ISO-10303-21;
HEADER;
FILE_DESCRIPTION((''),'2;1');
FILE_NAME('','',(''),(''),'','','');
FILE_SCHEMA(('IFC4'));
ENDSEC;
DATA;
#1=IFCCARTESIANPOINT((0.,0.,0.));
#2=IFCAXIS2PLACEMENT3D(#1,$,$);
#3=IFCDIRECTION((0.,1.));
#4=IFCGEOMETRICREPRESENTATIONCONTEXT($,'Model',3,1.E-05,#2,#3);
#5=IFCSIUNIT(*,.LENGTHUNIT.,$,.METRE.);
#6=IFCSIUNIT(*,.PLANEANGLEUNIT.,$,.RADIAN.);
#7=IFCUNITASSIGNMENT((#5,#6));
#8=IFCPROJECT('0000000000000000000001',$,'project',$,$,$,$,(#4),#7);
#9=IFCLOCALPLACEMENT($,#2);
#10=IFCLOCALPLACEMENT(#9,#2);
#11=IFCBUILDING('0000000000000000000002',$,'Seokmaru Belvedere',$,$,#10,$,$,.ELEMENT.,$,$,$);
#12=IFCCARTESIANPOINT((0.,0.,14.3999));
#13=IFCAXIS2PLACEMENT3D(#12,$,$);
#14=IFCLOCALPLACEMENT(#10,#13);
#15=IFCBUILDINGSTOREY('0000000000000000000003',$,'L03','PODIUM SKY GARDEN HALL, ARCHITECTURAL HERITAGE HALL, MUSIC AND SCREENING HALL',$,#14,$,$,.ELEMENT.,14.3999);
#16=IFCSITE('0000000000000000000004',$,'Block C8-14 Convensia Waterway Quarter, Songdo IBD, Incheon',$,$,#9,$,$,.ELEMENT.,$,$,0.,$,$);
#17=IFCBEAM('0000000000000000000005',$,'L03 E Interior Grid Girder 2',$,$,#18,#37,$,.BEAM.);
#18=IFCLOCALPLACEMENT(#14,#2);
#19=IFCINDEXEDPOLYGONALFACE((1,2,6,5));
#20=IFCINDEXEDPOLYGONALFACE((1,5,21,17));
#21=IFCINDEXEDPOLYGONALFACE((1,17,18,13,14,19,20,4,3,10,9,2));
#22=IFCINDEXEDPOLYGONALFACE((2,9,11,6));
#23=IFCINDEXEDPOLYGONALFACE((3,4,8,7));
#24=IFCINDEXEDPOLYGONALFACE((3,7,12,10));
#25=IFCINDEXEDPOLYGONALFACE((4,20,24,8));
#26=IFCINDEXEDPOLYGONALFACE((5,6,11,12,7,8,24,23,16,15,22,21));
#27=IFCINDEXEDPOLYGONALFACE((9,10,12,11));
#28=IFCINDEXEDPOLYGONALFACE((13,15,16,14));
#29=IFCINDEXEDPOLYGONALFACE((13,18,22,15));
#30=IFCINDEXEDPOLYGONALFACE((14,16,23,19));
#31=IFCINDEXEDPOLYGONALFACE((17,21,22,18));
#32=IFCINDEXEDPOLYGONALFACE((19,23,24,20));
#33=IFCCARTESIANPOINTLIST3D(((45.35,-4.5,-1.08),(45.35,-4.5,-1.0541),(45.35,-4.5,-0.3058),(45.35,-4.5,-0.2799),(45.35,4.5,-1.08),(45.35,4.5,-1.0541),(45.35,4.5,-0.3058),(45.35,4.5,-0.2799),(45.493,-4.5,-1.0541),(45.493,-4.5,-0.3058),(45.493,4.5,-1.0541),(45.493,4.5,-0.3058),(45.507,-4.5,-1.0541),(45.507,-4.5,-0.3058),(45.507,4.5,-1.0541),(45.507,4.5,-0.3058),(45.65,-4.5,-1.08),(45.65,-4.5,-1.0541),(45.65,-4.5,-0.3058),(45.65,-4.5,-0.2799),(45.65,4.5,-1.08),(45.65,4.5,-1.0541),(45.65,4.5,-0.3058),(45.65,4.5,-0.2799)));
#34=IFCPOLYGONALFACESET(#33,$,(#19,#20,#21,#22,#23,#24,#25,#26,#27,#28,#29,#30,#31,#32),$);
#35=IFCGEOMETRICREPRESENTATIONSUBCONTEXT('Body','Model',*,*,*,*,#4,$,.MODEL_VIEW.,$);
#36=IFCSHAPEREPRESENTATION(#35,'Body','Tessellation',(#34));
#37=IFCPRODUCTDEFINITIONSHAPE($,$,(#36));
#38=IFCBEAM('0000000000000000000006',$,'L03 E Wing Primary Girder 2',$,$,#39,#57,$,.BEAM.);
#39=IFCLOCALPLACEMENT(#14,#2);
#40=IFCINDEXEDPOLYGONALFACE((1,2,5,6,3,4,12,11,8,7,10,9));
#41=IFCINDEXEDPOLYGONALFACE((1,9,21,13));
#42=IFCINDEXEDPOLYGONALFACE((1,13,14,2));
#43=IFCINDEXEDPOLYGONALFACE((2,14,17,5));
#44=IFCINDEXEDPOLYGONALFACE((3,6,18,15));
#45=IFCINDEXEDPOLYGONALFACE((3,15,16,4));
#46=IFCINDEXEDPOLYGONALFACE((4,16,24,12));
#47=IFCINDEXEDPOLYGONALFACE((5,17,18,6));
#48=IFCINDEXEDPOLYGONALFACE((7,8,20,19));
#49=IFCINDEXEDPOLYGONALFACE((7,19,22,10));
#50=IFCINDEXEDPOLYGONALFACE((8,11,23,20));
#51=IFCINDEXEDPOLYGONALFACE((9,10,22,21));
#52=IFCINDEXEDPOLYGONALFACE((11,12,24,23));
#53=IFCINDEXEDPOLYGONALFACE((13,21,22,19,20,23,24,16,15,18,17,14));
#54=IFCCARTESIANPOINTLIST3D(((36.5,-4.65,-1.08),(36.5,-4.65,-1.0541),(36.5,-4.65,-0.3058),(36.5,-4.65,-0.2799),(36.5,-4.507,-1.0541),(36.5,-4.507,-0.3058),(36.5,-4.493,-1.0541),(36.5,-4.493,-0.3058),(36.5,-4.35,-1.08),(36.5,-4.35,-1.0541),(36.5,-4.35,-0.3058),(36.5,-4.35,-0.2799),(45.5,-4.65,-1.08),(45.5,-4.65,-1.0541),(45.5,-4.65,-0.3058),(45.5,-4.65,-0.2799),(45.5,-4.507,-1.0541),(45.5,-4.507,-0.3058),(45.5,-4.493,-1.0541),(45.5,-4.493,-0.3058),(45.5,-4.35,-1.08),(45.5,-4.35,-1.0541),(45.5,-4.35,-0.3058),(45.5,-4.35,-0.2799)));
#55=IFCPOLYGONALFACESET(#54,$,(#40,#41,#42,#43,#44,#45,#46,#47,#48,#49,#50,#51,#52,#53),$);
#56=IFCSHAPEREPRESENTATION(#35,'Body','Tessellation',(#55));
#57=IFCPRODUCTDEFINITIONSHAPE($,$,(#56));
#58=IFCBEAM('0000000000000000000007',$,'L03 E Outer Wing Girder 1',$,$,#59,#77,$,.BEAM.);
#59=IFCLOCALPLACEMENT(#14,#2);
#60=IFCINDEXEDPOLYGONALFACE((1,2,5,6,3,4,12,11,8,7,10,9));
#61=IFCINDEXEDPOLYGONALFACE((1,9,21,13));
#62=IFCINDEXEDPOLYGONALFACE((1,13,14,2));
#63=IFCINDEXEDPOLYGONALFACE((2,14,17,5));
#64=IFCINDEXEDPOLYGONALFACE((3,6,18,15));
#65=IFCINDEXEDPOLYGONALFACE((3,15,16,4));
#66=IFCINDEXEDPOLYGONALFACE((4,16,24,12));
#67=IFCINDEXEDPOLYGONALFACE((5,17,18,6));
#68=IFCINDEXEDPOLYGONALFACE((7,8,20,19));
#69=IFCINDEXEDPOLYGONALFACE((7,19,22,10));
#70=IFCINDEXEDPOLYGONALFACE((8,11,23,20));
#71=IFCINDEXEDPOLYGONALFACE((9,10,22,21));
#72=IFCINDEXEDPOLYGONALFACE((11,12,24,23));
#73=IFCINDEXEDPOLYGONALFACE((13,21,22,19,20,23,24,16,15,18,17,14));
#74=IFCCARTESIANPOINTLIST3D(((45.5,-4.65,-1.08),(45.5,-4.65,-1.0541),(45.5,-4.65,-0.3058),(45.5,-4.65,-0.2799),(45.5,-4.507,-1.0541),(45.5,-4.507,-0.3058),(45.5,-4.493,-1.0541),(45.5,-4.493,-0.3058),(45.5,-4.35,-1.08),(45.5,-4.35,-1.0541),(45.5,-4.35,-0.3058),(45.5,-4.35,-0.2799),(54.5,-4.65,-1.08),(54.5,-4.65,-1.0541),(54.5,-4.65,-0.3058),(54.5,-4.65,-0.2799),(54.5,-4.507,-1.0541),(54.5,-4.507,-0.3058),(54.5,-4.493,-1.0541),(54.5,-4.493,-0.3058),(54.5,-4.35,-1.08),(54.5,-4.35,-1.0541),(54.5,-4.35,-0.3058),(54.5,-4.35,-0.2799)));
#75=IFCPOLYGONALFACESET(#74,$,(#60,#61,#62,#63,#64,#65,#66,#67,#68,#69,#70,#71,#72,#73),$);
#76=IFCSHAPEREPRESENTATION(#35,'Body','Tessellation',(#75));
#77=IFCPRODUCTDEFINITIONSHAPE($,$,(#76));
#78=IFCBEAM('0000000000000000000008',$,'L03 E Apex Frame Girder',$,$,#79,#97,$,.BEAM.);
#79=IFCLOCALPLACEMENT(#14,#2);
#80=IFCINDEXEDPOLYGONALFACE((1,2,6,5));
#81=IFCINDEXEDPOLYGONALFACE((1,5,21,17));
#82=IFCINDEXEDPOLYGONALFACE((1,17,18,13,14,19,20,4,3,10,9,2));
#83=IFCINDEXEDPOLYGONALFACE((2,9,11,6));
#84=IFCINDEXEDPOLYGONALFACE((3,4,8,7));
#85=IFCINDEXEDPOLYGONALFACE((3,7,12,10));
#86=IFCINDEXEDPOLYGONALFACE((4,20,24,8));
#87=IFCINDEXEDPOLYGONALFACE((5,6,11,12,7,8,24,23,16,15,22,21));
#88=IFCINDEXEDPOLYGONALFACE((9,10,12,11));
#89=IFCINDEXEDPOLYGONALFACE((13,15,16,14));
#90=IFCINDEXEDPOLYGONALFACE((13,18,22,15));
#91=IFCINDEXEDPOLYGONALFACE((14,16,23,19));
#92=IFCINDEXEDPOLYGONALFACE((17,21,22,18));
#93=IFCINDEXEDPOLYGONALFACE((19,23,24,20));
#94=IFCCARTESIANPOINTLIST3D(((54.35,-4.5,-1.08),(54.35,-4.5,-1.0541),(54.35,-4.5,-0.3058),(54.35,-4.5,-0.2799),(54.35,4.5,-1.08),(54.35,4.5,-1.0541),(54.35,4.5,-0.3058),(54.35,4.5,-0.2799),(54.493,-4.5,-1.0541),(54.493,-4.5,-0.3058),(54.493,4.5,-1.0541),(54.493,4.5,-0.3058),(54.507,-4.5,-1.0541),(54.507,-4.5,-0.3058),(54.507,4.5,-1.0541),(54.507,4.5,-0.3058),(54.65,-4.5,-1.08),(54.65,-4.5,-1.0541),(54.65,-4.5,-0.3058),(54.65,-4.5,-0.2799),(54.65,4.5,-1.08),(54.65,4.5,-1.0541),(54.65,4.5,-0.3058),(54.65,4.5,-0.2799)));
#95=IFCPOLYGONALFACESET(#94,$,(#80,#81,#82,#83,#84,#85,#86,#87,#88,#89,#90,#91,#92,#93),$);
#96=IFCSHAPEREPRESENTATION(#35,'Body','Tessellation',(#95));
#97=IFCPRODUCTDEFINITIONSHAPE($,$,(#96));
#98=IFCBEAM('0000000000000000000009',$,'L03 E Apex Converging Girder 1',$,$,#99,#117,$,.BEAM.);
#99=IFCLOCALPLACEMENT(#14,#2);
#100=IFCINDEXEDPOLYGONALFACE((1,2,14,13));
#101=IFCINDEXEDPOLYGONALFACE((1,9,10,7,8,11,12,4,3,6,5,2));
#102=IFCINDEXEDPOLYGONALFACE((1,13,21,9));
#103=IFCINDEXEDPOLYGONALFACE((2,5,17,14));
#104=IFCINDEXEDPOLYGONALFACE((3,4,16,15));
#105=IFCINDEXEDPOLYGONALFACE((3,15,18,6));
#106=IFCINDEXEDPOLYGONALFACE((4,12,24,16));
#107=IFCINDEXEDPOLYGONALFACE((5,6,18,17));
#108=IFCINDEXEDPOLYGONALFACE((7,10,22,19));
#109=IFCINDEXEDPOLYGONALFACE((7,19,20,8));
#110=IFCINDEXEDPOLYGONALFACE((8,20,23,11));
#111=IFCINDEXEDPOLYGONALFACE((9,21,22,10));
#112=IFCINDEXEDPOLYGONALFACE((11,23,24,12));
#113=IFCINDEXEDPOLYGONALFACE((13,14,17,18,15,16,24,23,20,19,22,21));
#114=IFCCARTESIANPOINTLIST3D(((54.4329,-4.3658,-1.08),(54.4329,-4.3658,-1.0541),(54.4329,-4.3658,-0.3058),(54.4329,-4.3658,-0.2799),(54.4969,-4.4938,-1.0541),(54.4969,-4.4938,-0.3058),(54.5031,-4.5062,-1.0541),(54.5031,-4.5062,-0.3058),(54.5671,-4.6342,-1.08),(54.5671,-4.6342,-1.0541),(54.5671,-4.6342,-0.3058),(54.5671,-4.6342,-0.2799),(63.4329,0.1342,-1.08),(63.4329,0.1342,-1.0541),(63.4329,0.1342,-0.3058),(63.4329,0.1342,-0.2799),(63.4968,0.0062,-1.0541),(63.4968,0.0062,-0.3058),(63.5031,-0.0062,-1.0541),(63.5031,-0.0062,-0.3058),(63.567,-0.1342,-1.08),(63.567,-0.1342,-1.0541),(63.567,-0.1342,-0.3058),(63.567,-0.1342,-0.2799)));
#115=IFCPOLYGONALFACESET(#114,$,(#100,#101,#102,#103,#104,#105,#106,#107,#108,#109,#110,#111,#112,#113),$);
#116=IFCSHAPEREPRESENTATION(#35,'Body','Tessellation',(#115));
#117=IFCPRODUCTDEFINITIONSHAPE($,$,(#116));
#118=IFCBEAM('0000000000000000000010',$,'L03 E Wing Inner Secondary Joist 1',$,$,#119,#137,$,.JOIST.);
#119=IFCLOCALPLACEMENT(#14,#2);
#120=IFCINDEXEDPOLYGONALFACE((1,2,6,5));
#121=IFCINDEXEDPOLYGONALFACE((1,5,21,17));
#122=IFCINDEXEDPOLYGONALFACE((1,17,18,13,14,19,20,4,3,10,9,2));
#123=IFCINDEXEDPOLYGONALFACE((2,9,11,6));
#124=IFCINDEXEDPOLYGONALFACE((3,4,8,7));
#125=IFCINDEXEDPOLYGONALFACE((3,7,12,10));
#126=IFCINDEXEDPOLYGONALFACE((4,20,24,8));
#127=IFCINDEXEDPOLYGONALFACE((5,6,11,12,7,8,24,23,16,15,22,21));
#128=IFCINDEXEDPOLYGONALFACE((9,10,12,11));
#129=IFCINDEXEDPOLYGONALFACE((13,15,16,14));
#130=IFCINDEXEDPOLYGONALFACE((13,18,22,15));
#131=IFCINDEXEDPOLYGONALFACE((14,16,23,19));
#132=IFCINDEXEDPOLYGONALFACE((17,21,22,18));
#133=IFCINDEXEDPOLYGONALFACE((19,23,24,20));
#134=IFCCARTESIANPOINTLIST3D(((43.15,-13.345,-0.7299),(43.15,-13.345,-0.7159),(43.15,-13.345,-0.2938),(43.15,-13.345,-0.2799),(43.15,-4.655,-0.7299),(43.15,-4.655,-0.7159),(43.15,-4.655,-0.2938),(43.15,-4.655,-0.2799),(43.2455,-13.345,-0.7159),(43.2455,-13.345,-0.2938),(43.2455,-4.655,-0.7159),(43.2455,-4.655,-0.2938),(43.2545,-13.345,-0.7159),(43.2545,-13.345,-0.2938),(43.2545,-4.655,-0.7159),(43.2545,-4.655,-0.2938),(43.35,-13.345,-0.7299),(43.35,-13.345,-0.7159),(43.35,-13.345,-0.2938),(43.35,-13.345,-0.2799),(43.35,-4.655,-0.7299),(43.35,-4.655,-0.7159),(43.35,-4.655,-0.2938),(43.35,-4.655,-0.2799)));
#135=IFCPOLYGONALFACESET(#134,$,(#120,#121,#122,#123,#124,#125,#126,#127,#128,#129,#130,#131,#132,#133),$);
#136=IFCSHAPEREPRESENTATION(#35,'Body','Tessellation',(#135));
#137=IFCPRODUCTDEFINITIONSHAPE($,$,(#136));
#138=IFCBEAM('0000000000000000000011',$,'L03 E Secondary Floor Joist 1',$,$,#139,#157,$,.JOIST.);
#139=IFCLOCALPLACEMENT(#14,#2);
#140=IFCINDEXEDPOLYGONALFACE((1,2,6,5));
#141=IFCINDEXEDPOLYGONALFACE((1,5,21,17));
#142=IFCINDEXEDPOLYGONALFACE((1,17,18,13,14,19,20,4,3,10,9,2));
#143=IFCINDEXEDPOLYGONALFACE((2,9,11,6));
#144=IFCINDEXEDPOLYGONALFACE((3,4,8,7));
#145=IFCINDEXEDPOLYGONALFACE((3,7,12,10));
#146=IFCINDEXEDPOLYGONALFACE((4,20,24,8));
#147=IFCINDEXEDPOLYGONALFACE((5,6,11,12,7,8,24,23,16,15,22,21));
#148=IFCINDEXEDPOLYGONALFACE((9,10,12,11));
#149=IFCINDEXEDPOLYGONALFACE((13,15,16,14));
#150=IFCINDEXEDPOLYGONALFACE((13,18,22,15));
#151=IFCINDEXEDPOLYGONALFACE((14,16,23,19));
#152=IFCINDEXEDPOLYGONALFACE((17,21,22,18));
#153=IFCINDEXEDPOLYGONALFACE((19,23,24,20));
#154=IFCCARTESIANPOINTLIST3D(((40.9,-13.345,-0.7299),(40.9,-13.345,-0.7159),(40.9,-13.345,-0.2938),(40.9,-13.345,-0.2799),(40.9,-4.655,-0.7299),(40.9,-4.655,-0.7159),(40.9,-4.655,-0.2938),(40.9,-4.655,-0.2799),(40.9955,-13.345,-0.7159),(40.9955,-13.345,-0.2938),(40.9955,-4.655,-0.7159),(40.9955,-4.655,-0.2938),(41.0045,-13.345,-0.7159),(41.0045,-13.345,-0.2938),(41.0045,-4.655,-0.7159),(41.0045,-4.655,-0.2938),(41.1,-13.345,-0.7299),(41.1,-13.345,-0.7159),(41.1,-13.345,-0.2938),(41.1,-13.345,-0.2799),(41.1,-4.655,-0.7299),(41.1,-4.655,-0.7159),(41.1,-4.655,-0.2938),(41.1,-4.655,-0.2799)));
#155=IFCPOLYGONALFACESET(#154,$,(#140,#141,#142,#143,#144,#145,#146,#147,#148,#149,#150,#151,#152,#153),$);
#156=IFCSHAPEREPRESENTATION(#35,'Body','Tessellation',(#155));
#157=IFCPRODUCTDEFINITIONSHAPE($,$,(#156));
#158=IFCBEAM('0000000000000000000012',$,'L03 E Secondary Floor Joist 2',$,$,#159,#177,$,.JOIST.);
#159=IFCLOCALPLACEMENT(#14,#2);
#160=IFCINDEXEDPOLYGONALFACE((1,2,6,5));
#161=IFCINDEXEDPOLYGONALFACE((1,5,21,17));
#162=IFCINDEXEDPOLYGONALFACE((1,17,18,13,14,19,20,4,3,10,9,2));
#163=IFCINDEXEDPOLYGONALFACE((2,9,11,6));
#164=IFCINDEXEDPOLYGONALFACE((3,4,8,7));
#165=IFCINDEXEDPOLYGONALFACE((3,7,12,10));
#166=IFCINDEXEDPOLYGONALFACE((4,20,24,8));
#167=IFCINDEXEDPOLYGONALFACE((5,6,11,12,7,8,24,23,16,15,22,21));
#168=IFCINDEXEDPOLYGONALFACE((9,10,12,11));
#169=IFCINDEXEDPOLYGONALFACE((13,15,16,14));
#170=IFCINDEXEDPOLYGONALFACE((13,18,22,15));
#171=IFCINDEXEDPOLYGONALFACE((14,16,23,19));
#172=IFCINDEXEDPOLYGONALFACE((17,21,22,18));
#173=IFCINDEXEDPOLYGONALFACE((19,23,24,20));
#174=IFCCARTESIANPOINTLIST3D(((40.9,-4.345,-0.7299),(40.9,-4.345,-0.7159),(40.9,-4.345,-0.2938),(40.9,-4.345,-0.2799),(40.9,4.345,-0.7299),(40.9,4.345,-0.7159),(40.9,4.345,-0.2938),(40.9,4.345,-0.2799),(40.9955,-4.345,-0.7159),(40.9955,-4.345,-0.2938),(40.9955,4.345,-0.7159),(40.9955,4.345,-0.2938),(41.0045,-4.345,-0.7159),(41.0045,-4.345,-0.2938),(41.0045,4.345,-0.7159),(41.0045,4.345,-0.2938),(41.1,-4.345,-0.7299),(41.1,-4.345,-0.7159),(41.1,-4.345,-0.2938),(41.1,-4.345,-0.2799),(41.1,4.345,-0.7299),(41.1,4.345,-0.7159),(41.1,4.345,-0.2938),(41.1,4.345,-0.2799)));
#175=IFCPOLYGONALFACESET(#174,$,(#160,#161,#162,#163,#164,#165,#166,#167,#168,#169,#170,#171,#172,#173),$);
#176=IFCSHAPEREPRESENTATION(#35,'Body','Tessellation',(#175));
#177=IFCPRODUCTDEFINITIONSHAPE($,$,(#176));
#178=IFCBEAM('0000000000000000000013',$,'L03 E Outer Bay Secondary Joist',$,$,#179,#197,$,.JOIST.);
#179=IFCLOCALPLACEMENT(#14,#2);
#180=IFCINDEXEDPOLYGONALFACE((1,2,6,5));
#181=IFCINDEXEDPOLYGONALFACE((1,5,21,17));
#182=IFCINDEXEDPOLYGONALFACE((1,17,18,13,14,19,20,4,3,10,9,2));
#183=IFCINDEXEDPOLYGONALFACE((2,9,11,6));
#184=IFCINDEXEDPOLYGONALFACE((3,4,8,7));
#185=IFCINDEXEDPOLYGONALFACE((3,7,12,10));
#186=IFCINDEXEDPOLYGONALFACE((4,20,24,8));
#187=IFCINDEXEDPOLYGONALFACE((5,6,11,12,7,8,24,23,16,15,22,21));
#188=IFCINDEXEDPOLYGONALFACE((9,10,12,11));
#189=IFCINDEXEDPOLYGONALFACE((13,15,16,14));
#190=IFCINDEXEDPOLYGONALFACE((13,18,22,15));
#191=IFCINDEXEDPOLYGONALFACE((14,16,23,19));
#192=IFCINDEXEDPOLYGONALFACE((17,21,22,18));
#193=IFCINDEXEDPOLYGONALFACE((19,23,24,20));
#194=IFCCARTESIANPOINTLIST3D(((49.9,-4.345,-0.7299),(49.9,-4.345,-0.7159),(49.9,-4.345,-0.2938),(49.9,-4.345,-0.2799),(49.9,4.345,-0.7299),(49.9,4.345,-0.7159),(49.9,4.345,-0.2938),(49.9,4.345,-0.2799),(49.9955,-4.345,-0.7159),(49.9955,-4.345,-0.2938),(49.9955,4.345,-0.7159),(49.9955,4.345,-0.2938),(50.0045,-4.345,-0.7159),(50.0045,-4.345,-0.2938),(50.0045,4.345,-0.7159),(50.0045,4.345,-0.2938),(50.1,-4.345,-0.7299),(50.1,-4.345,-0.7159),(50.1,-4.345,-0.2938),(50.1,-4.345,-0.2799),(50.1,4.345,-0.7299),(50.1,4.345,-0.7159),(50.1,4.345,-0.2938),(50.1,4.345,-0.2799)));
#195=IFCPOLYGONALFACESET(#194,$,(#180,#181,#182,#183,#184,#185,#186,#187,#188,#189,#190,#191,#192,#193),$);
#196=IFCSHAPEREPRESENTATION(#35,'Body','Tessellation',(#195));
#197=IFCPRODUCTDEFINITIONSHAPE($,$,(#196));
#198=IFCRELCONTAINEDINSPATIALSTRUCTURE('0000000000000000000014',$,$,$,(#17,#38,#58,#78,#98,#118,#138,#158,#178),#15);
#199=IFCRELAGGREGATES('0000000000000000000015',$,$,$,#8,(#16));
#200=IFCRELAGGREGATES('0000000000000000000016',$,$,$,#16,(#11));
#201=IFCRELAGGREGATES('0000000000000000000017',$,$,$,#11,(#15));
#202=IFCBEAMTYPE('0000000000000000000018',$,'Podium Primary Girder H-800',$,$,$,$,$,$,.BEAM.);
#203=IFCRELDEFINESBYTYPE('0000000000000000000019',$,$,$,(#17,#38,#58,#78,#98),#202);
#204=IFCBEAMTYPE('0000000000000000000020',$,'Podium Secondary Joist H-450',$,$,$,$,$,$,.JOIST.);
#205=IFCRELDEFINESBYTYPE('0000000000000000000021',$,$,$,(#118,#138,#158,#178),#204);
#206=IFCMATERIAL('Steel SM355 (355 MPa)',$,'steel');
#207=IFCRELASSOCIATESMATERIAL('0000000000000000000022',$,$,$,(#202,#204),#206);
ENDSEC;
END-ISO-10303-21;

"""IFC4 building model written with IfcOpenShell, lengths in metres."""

from ifc_helpers import new_model, si_unit, direction, frame, origin, origin_2d, place, context, subcontext, project, spatial, i_section, extrude, source, transform, mapped, material, material_profile, profile_set, type_object, type_shapes, element, save


model = new_model("IFC4")

# Units and contexts
model_context = context("Model", 3, precision=1e-05, world=origin(), true_north=direction((0.0, 1.0)))
body_context = subcontext(model_context, "Body", "Model", "MODEL_VIEW")
ifc_project = project(units=[si_unit("LENGTHUNIT", "METRE"), si_unit("PLANEANGLEUNIT", "RADIAN")], contexts=[model_context])

# Site, building, storey
site_placement = place(None, origin())
site = spatial("IfcSite", under=ifc_project, at=site_placement, Name="Block C8-14 Convensia Waterway Quarter, Songdo IBD, Incheon", CompositionType="ELEMENT", RefElevation=0.0)
building_placement = place(site_placement, origin())
building = spatial("IfcBuilding", under=site, at=building_placement, Name="Seokmaru Belvedere", CompositionType="ELEMENT")
storey_placement = place(building_placement, frame((0.0, 0.0, 14.3999)))
storey = spatial("IfcBuildingStorey", under=building, at=storey_placement, Name="L03", Description="PODIUM SKY GARDEN HALL, ARCHITECTURAL HERITAGE HALL, MUSIC AND SCREENING HALL", CompositionType="ELEMENT", Elevation=14.3999)

# Shared definitions
ifc_material_1 = material(Name="Steel SM355 (355 MPa)", Category="steel")

# Beams
ifc_material_profile_1 = material_profile(ifc_material_1, i_section(OverallWidth=0.3, OverallDepth=0.8, WebThickness=0.0139, FlangeThickness=0.0259, at=origin_2d()), Name="H-800x300x14x26")
ifc_profile_set_1 = profile_set([ifc_material_profile_1], Name="Steel SM355 (355 MPa)")
beam_type_1 = type_object("IfcBeamType", Name="Podium Primary Girder H-800", PredefinedType="BEAM", material=ifc_profile_set_1)
shared_shape_1 = source(origin(), body_context, "Body", "SweptSolid", [
    extrude(i_section(OverallWidth=0.3, OverallDepth=0.8, WebThickness=0.0139, FlangeThickness=0.0259, at=origin_2d()), origin(), (0.0, 0.0, 1.0), 9.0),
])
for number, where, z_axis, x_axis, name in (
    (1, (45.5, -4.5, -0.6799), (0.0, 1.0, 0.0), (-1.0, 0.0, 0.0), "L03 E Interior Grid Girder 2"),
    (2, (36.5, -4.5, -0.6799), (1.0, 0.0, 0.0), (0.0, 1.0, 0.0), "L03 E Wing Primary Girder 2"),
    (3, (45.5, -4.5, -0.6799), (1.0, 0.0, 0.0), (0.0, 1.0, 0.0), "L03 E Outer Wing Girder 1"),
    (4, (54.5, -4.5, -0.6799), (0.0, 1.0, 0.0), (-1.0, 0.0, 0.0), "L03 E Apex Frame Girder"),
):
    element("IfcBeam", number, at=place(storey_placement, frame(where, z_axis=z_axis, x_axis=x_axis)), inside=storey, type_object=beam_type_1, Name=name, PredefinedType="BEAM", context=body_context, shape_type="MappedRepresentation", body=[
        mapped(shared_shape_1, transform((0.0, 0.0, 0.0), scale=1.0)),
    ])
shared_shape_2 = source(origin(), body_context, "Body", "SweptSolid", [
    extrude(i_section(OverallWidth=0.3, OverallDepth=0.8, WebThickness=0.0139, FlangeThickness=0.0259, at=origin_2d()), origin(), (0.0, 0.0, 1.0), 10.0623),
])
beam_1_placement = place(storey_placement, frame((54.5, -4.5, -0.6799), z_axis=(0.894427, 0.447214, 0.0), x_axis=(-0.447214, 0.894427, 0.0)))
element("IfcBeam", 5, at=beam_1_placement, inside=storey, type_object=beam_type_1, Name="L03 E Apex Converging Girder 1", PredefinedType="BEAM", context=body_context, shape_type="MappedRepresentation", body=[
    mapped(shared_shape_2, transform((0.0, 0.0, 0.0), scale=1.0)),
])
ifc_material_profile_2 = material_profile(ifc_material_1, i_section(OverallWidth=0.2, OverallDepth=0.45, WebThickness=0.009, FlangeThickness=0.0139, at=origin_2d()), Name="H-450x200x9x14")
ifc_profile_set_2 = profile_set([ifc_material_profile_2], Name="Steel SM355 (355 MPa)")
beam_type_2 = type_object("IfcBeamType", Name="Podium Secondary Joist H-450", PredefinedType="JOIST", material=ifc_profile_set_2)
shared_shape_3 = source(origin(), body_context, "Body", "SweptSolid", [
    extrude(i_section(OverallWidth=0.2, OverallDepth=0.45, WebThickness=0.009, FlangeThickness=0.0139, at=origin_2d()), origin(), (0.0, 0.0, 1.0), 8.6899),
])
type_shapes(beam_type_2, [shared_shape_3])
for number, where, z_axis, x_axis, name in (
    (6, (43.25, -13.345, -0.5049), (0.0, 1.0, 0.0), (-1.0, 0.0, 0.0), "L03 E Wing Inner Secondary Joist 1"),
    (7, (41.0, -13.345, -0.5049), (0.0, 1.0, 0.0), (-1.0, 0.0, 0.0), "L03 E Secondary Floor Joist 1"),
    (8, (41.0, -4.345, -0.5049), (0.0, 1.0, 0.0), (-1.0, 0.0, 0.0), "L03 E Secondary Floor Joist 2"),
    (9, (50.0, -4.345, -0.5049), (0.0, 1.0, 0.0), (-1.0, 0.0, 0.0), "L03 E Outer Bay Secondary Joist"),
):
    element("IfcBeam", number, at=place(storey_placement, frame(where, z_axis=z_axis, x_axis=x_axis)), inside=storey, type_object=beam_type_2, Name=name, PredefinedType="JOIST", context=body_context, shape_type="MappedRepresentation", body=[
        mapped(shared_shape_3, transform((0.0, 0.0, 0.0), scale=1.0)),
    ])

save(model, "model.ifc")
